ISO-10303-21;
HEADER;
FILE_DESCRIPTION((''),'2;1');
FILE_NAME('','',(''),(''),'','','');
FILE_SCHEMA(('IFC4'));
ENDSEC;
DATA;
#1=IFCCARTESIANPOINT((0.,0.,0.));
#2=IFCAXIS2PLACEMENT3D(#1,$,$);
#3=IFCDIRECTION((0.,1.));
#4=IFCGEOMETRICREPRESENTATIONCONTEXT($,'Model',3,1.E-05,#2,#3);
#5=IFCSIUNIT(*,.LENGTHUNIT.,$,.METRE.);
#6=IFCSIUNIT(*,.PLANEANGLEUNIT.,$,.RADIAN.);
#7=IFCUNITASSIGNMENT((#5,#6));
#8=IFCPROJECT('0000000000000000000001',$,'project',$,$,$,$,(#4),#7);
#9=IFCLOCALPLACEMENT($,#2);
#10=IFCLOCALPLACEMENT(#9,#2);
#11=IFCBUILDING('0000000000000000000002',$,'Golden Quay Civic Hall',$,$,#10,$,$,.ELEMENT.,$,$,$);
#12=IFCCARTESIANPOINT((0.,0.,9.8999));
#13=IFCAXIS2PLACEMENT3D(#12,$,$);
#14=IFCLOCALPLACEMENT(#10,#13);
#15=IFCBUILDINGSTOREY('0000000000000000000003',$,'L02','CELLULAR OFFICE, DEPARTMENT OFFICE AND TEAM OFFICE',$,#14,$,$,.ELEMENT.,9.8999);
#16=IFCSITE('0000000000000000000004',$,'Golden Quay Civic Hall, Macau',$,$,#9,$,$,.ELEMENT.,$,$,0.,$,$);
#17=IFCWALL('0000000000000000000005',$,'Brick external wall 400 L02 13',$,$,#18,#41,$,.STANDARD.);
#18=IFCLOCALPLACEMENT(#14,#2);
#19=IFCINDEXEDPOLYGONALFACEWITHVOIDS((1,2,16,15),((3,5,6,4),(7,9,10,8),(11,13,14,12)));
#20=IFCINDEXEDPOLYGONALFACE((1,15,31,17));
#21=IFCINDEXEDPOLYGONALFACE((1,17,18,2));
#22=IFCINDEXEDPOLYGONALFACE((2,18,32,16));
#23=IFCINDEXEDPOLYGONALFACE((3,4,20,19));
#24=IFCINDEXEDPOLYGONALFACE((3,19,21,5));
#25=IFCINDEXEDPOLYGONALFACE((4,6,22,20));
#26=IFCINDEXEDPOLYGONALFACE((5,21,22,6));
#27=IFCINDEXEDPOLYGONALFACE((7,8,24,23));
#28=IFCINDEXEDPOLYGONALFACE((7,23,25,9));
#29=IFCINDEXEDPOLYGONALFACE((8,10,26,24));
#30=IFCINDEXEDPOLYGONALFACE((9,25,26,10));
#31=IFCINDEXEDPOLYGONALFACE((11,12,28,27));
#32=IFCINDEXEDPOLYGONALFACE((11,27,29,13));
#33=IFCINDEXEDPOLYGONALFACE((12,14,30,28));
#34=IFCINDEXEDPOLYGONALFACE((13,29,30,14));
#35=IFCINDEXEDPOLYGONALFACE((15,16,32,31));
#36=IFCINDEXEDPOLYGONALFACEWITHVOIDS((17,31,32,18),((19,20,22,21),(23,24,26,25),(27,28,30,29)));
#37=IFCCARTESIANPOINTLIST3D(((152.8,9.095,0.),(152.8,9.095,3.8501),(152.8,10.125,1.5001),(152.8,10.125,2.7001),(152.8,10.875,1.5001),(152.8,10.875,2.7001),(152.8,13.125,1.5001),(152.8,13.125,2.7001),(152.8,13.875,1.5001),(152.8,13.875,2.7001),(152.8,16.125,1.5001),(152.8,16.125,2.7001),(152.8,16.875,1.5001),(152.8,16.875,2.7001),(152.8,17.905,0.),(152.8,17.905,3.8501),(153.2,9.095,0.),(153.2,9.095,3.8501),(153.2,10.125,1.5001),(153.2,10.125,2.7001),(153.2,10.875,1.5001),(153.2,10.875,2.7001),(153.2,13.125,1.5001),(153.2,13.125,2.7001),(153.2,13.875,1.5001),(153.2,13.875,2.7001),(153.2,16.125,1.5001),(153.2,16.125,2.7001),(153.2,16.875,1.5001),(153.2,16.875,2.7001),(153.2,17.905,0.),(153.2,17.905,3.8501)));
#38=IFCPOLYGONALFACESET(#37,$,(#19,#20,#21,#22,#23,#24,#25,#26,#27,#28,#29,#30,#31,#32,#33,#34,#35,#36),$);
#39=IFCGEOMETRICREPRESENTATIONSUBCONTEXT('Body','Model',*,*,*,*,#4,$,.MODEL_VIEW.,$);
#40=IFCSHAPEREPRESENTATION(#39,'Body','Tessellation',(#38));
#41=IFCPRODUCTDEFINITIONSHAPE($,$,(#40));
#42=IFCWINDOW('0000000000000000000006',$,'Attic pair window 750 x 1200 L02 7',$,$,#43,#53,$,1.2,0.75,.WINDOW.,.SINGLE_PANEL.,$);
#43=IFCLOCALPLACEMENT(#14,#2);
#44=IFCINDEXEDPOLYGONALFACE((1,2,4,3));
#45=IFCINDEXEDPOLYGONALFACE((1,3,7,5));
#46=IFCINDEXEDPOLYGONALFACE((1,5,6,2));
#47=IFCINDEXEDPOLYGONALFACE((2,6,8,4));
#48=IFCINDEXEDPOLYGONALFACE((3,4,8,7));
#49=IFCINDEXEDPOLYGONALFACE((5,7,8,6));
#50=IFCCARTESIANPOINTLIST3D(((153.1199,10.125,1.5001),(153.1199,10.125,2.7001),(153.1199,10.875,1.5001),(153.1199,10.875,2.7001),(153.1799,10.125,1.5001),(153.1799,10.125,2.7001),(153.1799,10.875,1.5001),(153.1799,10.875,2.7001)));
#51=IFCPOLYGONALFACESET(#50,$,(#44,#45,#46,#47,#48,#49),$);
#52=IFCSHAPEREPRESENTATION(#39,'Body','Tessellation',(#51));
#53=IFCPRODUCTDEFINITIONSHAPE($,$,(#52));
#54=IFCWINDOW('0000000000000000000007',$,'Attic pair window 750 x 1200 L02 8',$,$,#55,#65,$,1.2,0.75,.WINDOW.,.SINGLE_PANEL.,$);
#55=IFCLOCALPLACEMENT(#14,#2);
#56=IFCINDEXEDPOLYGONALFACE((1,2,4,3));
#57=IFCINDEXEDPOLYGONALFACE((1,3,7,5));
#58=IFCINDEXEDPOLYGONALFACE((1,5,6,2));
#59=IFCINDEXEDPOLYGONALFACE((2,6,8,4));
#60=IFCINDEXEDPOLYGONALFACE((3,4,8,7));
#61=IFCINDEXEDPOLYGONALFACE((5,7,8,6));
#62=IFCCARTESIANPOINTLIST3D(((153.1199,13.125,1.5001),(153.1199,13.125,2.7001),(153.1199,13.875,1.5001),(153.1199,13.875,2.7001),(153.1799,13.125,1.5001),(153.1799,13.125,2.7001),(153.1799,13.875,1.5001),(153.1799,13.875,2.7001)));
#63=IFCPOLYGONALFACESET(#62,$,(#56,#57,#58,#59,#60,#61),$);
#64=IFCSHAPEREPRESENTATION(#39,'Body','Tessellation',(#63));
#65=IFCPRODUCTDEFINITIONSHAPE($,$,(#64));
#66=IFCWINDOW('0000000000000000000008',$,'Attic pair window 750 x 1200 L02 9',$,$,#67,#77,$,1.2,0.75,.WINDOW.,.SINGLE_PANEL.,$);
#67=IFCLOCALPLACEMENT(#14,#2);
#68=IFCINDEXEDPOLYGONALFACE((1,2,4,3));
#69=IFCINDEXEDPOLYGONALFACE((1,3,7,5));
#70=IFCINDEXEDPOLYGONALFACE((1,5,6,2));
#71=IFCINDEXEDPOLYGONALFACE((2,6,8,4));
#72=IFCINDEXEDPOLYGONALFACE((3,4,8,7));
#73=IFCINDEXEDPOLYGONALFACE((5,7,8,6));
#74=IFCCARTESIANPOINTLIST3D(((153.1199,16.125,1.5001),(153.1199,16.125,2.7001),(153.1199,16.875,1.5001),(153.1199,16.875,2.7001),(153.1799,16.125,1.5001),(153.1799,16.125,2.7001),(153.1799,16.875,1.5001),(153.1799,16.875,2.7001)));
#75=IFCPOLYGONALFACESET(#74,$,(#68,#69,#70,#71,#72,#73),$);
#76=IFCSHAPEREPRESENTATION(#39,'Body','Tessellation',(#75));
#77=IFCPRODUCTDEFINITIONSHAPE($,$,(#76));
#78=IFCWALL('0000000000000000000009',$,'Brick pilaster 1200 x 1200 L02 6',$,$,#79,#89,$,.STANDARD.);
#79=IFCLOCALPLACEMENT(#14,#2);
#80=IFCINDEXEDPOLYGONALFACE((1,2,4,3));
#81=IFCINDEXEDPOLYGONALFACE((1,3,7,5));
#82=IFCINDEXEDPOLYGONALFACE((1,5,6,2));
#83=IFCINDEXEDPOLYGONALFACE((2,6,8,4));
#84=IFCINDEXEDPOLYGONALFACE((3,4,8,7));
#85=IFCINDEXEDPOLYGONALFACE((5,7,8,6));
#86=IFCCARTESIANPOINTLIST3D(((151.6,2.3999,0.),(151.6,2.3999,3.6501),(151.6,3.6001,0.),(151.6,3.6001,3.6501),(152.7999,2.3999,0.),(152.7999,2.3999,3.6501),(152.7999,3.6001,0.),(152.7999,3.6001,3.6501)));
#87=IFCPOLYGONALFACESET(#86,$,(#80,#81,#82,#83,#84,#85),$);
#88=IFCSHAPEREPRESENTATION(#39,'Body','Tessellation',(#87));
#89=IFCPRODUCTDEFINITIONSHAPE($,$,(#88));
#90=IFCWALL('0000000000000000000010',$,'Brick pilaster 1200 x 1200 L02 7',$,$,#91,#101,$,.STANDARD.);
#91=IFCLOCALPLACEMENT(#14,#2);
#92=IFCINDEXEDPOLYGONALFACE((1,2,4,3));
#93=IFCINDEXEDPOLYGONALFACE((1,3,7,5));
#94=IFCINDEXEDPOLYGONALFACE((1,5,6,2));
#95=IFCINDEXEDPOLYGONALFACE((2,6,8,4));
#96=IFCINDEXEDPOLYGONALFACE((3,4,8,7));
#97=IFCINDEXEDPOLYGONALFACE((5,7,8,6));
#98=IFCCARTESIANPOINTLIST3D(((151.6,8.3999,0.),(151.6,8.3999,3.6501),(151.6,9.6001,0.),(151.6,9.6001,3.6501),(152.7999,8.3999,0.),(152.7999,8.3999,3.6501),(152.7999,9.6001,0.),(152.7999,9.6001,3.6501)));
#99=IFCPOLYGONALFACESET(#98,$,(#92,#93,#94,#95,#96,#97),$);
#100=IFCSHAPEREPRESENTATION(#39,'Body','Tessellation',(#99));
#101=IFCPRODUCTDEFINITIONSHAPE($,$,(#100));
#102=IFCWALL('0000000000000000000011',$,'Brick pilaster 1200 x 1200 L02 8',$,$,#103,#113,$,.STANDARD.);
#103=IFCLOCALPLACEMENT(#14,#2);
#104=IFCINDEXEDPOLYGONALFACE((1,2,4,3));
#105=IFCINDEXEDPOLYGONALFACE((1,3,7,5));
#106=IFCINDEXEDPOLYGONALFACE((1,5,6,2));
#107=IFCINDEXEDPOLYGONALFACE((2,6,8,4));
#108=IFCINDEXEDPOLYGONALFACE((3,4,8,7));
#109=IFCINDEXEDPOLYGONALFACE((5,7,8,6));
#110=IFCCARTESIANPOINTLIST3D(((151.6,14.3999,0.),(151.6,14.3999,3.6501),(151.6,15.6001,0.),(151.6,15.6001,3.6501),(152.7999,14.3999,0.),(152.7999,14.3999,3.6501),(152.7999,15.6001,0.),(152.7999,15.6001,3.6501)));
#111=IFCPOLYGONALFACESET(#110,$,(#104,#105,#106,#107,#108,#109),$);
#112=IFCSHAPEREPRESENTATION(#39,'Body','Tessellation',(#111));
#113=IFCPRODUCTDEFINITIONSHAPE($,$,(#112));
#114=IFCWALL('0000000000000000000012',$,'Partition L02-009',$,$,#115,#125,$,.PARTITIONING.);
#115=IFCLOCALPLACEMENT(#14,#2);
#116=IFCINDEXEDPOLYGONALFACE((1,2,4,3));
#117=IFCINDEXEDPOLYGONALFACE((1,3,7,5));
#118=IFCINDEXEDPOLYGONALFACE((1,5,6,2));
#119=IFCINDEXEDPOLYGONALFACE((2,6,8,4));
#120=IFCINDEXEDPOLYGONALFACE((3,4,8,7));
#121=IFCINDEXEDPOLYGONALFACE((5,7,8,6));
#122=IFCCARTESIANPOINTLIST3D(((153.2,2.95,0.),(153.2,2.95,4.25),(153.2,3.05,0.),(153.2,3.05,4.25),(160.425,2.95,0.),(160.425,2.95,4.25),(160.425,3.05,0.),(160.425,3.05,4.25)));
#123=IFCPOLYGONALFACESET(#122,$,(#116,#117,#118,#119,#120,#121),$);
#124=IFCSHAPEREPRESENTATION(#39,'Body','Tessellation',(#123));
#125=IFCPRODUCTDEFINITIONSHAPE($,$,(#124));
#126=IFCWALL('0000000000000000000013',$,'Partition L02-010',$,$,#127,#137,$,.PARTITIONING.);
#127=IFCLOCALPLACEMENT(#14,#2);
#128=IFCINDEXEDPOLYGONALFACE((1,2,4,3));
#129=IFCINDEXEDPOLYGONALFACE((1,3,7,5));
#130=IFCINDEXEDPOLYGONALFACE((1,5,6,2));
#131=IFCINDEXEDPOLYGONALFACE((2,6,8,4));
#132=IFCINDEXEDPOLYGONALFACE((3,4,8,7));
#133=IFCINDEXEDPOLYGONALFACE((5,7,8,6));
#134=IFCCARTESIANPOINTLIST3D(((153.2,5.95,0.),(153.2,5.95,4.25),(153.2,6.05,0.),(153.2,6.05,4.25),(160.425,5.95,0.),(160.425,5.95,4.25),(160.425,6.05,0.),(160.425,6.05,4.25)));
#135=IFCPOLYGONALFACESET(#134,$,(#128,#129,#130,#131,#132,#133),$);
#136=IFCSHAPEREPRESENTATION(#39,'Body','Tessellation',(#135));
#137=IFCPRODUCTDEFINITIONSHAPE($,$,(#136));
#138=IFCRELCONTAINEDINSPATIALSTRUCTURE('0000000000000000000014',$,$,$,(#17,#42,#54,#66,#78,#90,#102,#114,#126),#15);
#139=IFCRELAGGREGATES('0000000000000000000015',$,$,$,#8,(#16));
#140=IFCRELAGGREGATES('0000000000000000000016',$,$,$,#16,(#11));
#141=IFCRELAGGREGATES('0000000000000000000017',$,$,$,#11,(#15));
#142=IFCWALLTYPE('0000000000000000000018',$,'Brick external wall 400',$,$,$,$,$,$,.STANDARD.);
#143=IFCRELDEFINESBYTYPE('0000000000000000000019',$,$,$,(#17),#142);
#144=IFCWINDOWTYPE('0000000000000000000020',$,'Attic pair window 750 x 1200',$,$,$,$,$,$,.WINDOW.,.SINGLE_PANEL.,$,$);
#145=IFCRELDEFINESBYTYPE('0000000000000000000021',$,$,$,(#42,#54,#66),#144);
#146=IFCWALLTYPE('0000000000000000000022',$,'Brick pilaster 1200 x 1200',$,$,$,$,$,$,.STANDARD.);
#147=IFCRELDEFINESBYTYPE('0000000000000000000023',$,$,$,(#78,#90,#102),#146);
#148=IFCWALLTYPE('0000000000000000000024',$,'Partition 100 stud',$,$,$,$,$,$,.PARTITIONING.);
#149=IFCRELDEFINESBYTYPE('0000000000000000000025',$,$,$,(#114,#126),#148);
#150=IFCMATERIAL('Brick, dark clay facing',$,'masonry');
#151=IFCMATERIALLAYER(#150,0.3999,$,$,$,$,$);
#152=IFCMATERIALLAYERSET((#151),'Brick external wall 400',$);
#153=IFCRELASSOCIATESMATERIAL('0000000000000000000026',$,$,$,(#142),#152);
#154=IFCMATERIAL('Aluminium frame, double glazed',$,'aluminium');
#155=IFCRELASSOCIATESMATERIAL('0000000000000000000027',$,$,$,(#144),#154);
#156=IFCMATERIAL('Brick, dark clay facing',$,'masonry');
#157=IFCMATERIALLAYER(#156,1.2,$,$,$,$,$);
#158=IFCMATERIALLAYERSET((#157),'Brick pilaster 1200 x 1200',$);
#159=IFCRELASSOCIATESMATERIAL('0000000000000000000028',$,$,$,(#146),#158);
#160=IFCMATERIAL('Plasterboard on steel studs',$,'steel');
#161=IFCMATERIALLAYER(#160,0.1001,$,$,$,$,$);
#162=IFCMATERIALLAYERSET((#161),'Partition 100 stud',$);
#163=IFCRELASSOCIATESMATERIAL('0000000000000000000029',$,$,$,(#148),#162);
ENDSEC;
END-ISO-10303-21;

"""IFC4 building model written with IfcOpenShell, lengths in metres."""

from ifc_helpers import new_model, si_unit, direction, frame, frame_2d, origin, place, context, subcontext, project, spatial, rectangle, extrude, material, layer, layer_set, type_object, element, fill, save


model = new_model("IFC4")

# Units and contexts
model_context = context("Model", 3, precision=1e-05, world=origin(), true_north=direction((0.0, 1.0)))
body_context = subcontext(model_context, "Body", "Model", "MODEL_VIEW")
ifc_project = project(units=[si_unit("LENGTHUNIT", "METRE"), si_unit("PLANEANGLEUNIT", "RADIAN")], contexts=[model_context])

# Site, building, storey
site_placement = place(None, origin())
site = spatial("IfcSite", under=ifc_project, at=site_placement, Name="Golden Quay Civic Hall, Macau", CompositionType="ELEMENT", RefElevation=0.0)
building_placement = place(site_placement, origin())
building = spatial("IfcBuilding", under=site, at=building_placement, Name="Golden Quay Civic Hall", CompositionType="ELEMENT")
storey_placement = place(building_placement, frame((0.0, 0.0, 9.8999)))
storey = spatial("IfcBuildingStorey", under=building, at=storey_placement, Name="L02", Description="CELLULAR OFFICE, DEPARTMENT OFFICE AND TEAM OFFICE", CompositionType="ELEMENT", Elevation=9.8999)

# Wall, openings, windows
ifc_material_1 = material(Name="Brick, dark clay facing", Category="masonry")
ifc_layer_1 = layer(ifc_material_1, 0.3999)
ifc_layer_set_1 = layer_set([ifc_layer_1], Name="Brick external wall 400")
wall_type_1 = type_object("IfcWallType", Name="Brick external wall 400", PredefinedType="STANDARD", material=ifc_layer_set_1)
wall_placement = place(storey_placement, frame((153.0, 9.095, 0.0), z_axis=(0.0, 0.0, 1.0), x_axis=(0.0, 1.0, 0.0)))
wall = element("IfcWall", 1, at=wall_placement, inside=storey, type_object=wall_type_1, Name="Brick external wall 400 L02 13", PredefinedType="STANDARD", context=body_context, shape_type="SweptSolid", body=[
    extrude(rectangle(XDim=8.8101, YDim=0.3999, at=frame_2d((4.405, 0.0))), origin(), (0.0, 0.0, 1.0), 3.8501),
])
opening_1_placement = place(wall_placement, frame((1.03, 0.0, 1.5)))
opening_1 = element("IfcOpeningElement", 2, at=opening_1_placement, cuts=wall, PredefinedType="OPENING", context=body_context, shape_type="SweptSolid", body=[
    extrude(rectangle(XDim=0.75, YDim=1.2, at=frame_2d((0.375, 0.6001))), frame((0.0, 0.21, 0.0), z_axis=(0.0, -1.0, 0.0), x_axis=(1.0, 0.0, 0.0)), (0.0, 0.0, 1.0), 0.4199),
])
opening_2_placement = place(wall_placement, frame((4.03, 0.0, 1.5)))
opening_2 = element("IfcOpeningElement", 3, at=opening_2_placement, cuts=wall, PredefinedType="OPENING", context=body_context, shape_type="SweptSolid", body=[
    extrude(rectangle(XDim=0.75, YDim=1.2, at=frame_2d((0.375, 0.6001))), frame((0.0, 0.21, 0.0), z_axis=(0.0, -1.0, 0.0), x_axis=(1.0, 0.0, 0.0)), (0.0, 0.0, 1.0), 0.4199),
])
opening_3_placement = place(wall_placement, frame((7.03, 0.0, 1.5)))
opening_3 = element("IfcOpeningElement", 4, at=opening_3_placement, cuts=wall, PredefinedType="OPENING", context=body_context, shape_type="SweptSolid", body=[
    extrude(rectangle(XDim=0.75, YDim=1.2, at=frame_2d((0.375, 0.6001))), frame((0.0, 0.21, 0.0), z_axis=(0.0, -1.0, 0.0), x_axis=(1.0, 0.0, 0.0)), (0.0, 0.0, 1.0), 0.4199),
])
ifc_material_2 = material(Name="Aluminium frame, double glazed", Category="aluminium")
window_type = type_object("IfcWindowType", Name="Attic pair window 750 x 1200", PartitioningType="SINGLE_PANEL", PredefinedType="WINDOW", material=ifc_material_2)
window_1_placement = place(opening_1_placement, origin())
window_1 = element("IfcWindow", 5, at=window_1_placement, inside=storey, type_object=window_type, Name="Attic pair window 750 x 1200 L02 7", OverallHeight=1.2, OverallWidth=0.75, PartitioningType="SINGLE_PANEL", PredefinedType="WINDOW", context=body_context, shape_type="SweptSolid", body=[
    extrude(rectangle(XDim=0.75, YDim=1.2, at=frame_2d((0.375, 0.6001))), frame((0.0, -0.1199, 0.0), z_axis=(0.0, -1.0, 0.0), x_axis=(1.0, 0.0, 0.0)), (0.0, 0.0, 1.0), 0.0601),
])
fill(opening_1, window_1)
window_2_placement = place(opening_2_placement, origin())
window_2 = element("IfcWindow", 6, at=window_2_placement, inside=storey, type_object=window_type, Name="Attic pair window 750 x 1200 L02 8", OverallHeight=1.2, OverallWidth=0.75, PartitioningType="SINGLE_PANEL", PredefinedType="WINDOW", context=body_context, shape_type="SweptSolid", body=[
    extrude(rectangle(XDim=0.75, YDim=1.2, at=frame_2d((0.375, 0.6001))), frame((0.0, -0.1199, 0.0), z_axis=(0.0, -1.0, 0.0), x_axis=(1.0, 0.0, 0.0)), (0.0, 0.0, 1.0), 0.0601),
])
fill(opening_2, window_2)
window_3_placement = place(opening_3_placement, origin())
window_3 = element("IfcWindow", 7, at=window_3_placement, inside=storey, type_object=window_type, Name="Attic pair window 750 x 1200 L02 9", OverallHeight=1.2, OverallWidth=0.75, PartitioningType="SINGLE_PANEL", PredefinedType="WINDOW", context=body_context, shape_type="SweptSolid", body=[
    extrude(rectangle(XDim=0.75, YDim=1.2, at=frame_2d((0.375, 0.6001))), frame((0.0, -0.1199, 0.0), z_axis=(0.0, -1.0, 0.0), x_axis=(1.0, 0.0, 0.0)), (0.0, 0.0, 1.0), 0.0601),
])
fill(opening_3, window_3)

# Walls
ifc_material_3 = material(Name="Brick, dark clay facing", Category="masonry")
ifc_layer_2 = layer(ifc_material_3, 1.2)
ifc_layer_set_2 = layer_set([ifc_layer_2], Name="Brick pilaster 1200 x 1200")
wall_type_2 = type_object("IfcWallType", Name="Brick pilaster 1200 x 1200", PredefinedType="STANDARD", material=ifc_layer_set_2)
for number, where, z_axis, x_axis, name in (
    (8, (152.2, 2.3999, 0.0), (0.0, 0.0, 1.0), (0.0, 1.0, 0.0), "Brick pilaster 1200 x 1200 L02 6"),
    (9, (152.2, 8.3999, 0.0), (0.0, 0.0, 1.0), (0.0, 1.0, 0.0), "Brick pilaster 1200 x 1200 L02 7"),
    (10, (152.2, 14.3999, 0.0), (0.0, 0.0, 1.0), (0.0, 1.0, 0.0), "Brick pilaster 1200 x 1200 L02 8"),
):
    element("IfcWall", number, at=place(storey_placement, frame(where, z_axis=z_axis, x_axis=x_axis)), inside=storey, type_object=wall_type_2, Name=name, PredefinedType="STANDARD", context=body_context, shape_type="SweptSolid", body=[
        extrude(rectangle(XDim=1.2002, YDim=1.2, at=frame_2d((0.6001, 0.0))), origin(), (0.0, 0.0, 1.0), 3.6501),
    ])
ifc_material_4 = material(Name="Plasterboard on steel studs", Category="steel")
ifc_layer_3 = layer(ifc_material_4, 0.1001)
ifc_layer_set_3 = layer_set([ifc_layer_3], Name="Partition 100 stud")
wall_type_3 = type_object("IfcWallType", Name="Partition 100 stud", PredefinedType="PARTITIONING", material=ifc_layer_set_3)
for number, where, z_axis, x_axis, name in (
    (11, (153.2, 3.0, 0.0), (0.0, 0.0, 1.0), (1.0, 0.0, 0.0), "Partition L02-009"),
    (12, (153.2, 6.0, 0.0), (0.0, 0.0, 1.0), (1.0, 0.0, 0.0), "Partition L02-010"),
):
    element("IfcWall", number, at=place(storey_placement, frame(where, z_axis=z_axis, x_axis=x_axis)), inside=storey, type_object=wall_type_3, Name=name, PredefinedType="PARTITIONING", context=body_context, shape_type="SweptSolid", body=[
        extrude(rectangle(XDim=7.2251, YDim=0.1001, at=frame_2d((3.6125, 0.0))), origin(), (0.0, 0.0, 1.0), 4.25),
    ])

save(model, "model.ifc")
